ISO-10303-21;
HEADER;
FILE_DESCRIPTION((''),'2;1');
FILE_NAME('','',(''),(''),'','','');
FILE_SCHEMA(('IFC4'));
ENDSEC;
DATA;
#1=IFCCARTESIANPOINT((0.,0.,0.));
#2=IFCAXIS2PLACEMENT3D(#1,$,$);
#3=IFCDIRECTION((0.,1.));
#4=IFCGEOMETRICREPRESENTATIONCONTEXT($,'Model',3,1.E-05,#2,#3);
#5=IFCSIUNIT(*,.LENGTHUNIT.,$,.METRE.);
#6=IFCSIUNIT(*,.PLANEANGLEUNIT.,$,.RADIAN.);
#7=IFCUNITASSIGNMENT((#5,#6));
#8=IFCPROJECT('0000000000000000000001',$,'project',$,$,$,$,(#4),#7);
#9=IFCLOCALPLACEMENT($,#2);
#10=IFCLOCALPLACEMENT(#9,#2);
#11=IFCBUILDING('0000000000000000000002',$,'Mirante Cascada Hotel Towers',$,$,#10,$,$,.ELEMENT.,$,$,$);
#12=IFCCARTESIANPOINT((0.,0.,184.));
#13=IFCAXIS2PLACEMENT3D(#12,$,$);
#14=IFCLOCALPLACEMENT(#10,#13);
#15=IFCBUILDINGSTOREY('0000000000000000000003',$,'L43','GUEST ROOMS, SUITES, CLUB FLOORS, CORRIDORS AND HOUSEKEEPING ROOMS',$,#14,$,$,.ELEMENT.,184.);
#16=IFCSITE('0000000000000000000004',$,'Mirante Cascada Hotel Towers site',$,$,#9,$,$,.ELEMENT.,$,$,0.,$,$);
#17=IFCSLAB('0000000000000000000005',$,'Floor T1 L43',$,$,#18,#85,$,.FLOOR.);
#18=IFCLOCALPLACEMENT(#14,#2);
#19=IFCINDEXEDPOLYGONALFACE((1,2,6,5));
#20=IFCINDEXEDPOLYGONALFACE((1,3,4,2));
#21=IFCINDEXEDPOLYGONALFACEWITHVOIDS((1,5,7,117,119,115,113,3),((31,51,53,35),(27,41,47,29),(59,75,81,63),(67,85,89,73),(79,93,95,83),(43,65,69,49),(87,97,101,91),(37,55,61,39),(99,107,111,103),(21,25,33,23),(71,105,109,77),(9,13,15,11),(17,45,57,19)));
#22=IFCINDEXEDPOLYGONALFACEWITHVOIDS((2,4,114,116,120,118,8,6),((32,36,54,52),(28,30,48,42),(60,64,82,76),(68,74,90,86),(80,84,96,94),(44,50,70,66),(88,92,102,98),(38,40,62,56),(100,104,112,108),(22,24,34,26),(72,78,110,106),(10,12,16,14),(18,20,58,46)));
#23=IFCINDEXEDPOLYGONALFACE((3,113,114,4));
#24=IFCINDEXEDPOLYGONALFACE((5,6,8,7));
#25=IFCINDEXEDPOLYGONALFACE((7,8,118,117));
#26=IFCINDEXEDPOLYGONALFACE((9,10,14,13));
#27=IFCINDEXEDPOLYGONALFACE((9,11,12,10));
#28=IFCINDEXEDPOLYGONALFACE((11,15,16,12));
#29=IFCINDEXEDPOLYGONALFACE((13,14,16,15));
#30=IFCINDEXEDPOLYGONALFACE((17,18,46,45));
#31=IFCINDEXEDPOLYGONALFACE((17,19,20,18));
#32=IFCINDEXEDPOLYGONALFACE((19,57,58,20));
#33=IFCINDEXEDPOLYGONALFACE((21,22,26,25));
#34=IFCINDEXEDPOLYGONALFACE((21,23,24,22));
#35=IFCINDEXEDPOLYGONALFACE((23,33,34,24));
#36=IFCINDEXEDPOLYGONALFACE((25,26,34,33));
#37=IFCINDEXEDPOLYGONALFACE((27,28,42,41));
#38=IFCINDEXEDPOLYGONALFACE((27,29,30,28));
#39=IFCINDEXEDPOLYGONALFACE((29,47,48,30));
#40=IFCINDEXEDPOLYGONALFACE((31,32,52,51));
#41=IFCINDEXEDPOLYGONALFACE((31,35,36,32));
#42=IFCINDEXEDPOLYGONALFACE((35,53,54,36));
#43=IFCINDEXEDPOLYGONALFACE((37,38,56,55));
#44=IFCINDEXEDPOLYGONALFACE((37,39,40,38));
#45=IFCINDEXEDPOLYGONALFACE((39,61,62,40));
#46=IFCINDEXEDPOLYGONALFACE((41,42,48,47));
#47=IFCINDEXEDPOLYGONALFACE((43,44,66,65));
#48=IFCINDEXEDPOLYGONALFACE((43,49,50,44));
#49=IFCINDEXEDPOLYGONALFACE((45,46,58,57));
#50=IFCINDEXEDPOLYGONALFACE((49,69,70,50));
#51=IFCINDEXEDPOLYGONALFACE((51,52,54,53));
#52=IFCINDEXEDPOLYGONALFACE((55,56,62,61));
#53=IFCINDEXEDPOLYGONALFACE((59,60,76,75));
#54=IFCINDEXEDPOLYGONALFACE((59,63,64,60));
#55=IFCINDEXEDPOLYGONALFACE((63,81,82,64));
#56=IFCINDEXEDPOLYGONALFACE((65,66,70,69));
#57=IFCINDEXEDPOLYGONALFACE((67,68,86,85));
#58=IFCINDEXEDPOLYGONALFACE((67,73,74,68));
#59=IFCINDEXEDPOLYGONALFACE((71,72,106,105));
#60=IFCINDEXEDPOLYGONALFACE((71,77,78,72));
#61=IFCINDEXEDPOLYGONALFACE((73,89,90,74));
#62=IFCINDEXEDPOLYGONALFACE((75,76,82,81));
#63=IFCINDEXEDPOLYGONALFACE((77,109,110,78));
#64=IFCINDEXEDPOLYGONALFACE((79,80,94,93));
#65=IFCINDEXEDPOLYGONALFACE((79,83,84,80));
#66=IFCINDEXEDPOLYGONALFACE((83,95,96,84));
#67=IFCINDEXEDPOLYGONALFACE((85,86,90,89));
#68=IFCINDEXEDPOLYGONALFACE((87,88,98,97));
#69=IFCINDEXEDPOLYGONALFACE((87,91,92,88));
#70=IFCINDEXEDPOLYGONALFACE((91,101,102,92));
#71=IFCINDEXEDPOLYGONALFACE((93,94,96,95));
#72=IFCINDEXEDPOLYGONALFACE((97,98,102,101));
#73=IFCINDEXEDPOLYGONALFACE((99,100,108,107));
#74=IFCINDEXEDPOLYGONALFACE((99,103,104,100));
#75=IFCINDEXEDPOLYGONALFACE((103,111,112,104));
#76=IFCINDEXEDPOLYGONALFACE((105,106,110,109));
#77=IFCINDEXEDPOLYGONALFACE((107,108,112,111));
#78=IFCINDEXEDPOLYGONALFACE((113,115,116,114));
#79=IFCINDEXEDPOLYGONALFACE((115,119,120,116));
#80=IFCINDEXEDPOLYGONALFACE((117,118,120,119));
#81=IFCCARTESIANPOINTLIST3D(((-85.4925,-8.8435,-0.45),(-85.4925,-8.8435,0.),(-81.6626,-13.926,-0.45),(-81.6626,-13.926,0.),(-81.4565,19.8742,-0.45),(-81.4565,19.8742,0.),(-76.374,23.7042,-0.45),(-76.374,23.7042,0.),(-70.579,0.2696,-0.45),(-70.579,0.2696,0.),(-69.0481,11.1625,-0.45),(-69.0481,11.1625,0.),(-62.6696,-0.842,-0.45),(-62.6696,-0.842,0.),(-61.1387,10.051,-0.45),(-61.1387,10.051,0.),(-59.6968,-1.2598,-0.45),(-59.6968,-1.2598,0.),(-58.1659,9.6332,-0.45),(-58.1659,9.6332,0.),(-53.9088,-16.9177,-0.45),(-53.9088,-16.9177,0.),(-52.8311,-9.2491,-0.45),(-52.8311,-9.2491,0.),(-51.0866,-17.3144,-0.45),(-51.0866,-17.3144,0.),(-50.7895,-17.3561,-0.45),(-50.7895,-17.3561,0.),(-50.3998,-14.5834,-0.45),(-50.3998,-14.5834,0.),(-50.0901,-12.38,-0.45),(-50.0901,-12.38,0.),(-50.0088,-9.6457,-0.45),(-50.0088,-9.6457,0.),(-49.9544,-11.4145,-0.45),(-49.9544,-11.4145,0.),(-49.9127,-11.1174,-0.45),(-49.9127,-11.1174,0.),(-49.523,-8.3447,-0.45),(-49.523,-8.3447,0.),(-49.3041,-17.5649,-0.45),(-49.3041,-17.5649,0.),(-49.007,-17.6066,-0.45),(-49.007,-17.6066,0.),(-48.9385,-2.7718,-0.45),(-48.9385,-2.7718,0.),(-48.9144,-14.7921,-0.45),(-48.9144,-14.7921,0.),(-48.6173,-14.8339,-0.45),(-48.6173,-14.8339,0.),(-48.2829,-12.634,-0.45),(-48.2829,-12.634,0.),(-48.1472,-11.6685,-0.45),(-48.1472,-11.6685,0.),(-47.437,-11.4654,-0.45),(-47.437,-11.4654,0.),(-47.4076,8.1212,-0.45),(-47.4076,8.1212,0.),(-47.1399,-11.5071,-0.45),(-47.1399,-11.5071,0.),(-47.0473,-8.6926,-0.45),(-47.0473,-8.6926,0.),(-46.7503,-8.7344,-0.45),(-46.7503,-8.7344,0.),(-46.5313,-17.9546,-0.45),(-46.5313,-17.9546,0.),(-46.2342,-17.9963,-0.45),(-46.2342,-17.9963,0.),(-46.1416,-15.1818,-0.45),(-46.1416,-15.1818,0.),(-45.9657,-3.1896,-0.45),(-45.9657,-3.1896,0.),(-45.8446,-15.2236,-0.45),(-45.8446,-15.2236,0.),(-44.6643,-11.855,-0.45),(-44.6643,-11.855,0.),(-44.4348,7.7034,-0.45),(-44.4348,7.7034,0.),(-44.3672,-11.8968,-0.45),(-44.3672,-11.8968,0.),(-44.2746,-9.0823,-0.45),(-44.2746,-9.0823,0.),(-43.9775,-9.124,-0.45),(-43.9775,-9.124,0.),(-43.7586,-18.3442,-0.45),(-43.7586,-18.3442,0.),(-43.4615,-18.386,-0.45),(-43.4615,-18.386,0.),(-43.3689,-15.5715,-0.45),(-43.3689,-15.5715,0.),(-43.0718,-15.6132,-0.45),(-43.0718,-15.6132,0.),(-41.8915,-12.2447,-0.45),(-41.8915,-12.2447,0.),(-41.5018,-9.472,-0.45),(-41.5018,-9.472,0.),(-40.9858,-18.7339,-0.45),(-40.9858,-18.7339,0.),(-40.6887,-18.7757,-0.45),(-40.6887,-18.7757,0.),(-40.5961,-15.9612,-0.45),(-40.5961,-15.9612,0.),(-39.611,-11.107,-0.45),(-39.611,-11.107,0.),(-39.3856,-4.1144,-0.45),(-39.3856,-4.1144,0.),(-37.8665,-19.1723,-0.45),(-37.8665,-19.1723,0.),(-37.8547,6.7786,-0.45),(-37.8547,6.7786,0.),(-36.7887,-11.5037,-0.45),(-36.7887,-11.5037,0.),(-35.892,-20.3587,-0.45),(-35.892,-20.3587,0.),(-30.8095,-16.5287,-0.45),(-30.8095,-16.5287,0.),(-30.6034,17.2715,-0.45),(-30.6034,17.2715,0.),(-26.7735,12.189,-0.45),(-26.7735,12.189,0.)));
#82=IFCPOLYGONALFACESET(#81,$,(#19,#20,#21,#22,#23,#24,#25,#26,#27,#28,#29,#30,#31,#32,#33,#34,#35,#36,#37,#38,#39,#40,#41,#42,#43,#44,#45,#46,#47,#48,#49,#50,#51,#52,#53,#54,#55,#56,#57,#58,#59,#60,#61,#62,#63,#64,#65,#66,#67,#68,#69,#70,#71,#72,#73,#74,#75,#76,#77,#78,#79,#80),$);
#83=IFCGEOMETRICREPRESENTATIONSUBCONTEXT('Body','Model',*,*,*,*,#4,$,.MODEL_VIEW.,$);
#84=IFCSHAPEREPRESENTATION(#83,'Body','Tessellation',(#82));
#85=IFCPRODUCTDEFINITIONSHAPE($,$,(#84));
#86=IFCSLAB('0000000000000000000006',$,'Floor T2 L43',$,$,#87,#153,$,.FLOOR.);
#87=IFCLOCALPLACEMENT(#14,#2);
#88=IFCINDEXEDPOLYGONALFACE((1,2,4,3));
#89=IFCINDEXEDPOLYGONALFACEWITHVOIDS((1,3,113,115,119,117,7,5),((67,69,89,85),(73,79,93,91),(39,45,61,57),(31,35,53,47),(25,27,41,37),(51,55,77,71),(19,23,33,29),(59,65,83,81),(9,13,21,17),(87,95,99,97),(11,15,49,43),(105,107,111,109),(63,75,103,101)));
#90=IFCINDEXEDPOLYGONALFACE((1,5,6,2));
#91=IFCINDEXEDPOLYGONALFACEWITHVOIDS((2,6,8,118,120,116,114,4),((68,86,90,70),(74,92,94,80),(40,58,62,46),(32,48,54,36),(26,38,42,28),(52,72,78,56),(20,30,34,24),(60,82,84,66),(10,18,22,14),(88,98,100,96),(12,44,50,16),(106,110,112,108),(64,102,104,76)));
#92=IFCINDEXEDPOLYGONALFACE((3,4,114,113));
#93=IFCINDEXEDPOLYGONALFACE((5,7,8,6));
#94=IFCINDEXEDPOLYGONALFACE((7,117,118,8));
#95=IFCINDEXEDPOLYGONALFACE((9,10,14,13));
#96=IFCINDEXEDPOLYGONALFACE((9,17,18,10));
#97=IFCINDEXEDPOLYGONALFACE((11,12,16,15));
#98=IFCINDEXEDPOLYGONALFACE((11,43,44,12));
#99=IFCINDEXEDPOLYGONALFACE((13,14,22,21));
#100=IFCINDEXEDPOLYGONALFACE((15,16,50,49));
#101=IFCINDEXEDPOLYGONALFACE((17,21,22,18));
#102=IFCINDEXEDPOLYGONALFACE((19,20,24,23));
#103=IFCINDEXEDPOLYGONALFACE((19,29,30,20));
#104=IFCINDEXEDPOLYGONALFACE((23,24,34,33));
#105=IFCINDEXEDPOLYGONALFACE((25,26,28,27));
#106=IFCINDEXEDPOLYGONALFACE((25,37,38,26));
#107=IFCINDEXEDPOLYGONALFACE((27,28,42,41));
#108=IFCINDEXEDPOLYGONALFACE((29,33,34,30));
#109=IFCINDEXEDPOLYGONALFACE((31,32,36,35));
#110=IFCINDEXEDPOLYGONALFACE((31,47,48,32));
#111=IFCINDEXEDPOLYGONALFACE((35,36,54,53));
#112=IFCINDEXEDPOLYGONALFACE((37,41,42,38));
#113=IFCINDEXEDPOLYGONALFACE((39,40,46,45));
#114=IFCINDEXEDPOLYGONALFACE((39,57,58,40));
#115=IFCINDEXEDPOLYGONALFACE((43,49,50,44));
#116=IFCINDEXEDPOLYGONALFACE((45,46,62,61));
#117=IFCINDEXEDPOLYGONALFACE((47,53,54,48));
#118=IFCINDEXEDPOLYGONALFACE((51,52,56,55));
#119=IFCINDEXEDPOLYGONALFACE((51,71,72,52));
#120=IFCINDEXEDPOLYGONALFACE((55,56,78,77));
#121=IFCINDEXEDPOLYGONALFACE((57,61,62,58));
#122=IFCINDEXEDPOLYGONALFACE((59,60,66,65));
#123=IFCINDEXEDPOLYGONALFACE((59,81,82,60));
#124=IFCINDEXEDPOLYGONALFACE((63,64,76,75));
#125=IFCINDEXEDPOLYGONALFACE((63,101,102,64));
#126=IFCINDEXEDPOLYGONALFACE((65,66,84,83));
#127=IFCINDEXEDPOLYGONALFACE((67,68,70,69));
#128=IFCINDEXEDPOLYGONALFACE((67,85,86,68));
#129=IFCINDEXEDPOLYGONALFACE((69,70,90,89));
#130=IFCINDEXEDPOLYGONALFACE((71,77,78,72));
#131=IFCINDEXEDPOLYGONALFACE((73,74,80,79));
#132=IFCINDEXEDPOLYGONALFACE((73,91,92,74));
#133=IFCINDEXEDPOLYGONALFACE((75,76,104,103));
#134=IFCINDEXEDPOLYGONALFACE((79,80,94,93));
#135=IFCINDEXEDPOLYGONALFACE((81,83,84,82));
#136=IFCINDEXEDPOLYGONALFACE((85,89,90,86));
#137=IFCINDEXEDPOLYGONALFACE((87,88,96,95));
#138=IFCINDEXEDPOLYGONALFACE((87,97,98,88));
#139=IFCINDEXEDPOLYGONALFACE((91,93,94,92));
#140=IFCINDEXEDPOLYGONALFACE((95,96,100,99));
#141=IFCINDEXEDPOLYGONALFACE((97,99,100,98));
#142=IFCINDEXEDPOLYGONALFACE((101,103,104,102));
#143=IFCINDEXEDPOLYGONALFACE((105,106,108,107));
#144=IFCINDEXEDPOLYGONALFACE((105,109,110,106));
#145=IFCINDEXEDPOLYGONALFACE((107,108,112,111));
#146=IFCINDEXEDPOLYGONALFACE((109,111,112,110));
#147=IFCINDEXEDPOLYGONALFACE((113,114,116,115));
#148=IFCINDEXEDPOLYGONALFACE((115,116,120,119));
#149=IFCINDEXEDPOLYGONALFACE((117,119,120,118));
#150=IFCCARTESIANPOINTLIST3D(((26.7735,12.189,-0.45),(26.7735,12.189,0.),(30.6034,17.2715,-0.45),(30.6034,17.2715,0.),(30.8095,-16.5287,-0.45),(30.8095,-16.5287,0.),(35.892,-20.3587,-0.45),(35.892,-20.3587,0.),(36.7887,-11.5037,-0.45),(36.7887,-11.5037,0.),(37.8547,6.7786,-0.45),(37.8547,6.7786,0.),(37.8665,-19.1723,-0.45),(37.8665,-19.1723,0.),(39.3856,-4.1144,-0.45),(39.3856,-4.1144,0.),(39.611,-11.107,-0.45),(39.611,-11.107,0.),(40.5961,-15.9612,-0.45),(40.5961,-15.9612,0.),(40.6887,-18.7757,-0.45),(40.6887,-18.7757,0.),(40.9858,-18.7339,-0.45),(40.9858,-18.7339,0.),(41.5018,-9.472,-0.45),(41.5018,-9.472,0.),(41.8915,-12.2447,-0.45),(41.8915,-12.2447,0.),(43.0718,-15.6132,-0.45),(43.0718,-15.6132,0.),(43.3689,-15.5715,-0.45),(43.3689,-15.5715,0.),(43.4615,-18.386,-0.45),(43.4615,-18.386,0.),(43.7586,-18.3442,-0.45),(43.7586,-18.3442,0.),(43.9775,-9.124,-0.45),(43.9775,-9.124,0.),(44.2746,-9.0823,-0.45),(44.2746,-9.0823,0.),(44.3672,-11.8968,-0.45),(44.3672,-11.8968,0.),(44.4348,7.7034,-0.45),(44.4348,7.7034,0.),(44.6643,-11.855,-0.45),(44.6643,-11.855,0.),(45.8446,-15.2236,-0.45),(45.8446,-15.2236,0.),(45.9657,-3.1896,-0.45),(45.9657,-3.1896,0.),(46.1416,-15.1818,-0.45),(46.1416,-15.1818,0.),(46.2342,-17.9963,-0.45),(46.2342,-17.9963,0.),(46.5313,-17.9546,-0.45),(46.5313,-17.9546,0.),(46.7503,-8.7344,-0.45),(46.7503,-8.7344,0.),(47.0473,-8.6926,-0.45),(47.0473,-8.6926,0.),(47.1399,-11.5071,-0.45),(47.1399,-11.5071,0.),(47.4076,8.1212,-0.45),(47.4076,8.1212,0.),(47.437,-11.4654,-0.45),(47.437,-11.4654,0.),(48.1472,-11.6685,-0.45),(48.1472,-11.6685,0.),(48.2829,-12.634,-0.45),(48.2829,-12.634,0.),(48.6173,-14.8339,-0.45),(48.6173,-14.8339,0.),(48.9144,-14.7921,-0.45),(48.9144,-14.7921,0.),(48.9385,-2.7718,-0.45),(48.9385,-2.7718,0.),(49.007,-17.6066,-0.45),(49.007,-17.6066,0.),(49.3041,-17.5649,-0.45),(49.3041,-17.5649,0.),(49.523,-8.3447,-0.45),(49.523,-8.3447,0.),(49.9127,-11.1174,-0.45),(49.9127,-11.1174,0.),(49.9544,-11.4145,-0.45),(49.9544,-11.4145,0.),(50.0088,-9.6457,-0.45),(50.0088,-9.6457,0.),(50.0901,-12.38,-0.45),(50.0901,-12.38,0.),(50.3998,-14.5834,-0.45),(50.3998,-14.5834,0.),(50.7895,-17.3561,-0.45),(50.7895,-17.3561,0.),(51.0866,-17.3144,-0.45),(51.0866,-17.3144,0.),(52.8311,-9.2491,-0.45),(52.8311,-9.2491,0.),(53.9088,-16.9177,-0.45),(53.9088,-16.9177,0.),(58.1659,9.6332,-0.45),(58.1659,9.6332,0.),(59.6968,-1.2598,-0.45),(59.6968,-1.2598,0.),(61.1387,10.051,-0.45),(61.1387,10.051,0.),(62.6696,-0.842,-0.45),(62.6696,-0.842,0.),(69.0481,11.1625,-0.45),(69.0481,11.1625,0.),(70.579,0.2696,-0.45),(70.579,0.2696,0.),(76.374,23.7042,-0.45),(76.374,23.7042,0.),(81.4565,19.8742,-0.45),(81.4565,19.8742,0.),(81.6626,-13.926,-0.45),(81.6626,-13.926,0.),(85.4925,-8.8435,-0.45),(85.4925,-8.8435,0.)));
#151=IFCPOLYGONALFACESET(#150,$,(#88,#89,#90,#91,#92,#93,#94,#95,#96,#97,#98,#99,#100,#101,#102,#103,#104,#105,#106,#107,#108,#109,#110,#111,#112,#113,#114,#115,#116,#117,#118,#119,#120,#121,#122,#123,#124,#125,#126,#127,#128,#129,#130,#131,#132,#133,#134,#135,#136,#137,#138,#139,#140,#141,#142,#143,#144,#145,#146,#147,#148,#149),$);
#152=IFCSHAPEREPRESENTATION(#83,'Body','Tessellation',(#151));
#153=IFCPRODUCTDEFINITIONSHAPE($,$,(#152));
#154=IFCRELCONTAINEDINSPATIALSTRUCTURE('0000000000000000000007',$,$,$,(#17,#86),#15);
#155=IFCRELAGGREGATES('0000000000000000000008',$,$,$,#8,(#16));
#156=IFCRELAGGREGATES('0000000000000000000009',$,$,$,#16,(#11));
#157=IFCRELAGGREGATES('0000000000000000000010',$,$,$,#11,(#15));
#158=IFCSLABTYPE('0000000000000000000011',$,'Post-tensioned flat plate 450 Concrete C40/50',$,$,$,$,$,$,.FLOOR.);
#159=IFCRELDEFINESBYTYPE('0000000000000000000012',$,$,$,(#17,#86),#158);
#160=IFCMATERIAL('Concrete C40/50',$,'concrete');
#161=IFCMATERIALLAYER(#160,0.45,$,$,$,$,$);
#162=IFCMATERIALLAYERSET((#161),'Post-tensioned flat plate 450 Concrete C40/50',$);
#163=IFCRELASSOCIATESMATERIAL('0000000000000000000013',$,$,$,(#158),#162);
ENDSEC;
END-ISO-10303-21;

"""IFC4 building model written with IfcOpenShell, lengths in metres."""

from ifc_helpers import new_model, si_unit, direction, frame, origin, place, context, subcontext, project, spatial, polyline, outline, extrude, material, layer, layer_set, type_object, element, save


model = new_model("IFC4")

# Units and contexts
model_context = context("Model", 3, precision=1e-05, world=origin(), true_north=direction((0.0, 1.0)))
body_context = subcontext(model_context, "Body", "Model", "MODEL_VIEW")
ifc_project = project(units=[si_unit("LENGTHUNIT", "METRE"), si_unit("PLANEANGLEUNIT", "RADIAN")], contexts=[model_context])

# Site, building, storey
site_placement = place(None, origin())
site = spatial("IfcSite", under=ifc_project, at=site_placement, Name="Mirante Cascada Hotel Towers site", CompositionType="ELEMENT", RefElevation=0.0)
building_placement = place(site_placement, origin())
building = spatial("IfcBuilding", under=site, at=building_placement, Name="Mirante Cascada Hotel Towers", CompositionType="ELEMENT")
storey_placement = place(building_placement, frame((0.0, 0.0, 184.0)))
storey = spatial("IfcBuildingStorey", under=building, at=storey_placement, Name="L43", Description="GUEST ROOMS, SUITES, CLUB FLOORS, CORRIDORS AND HOUSEKEEPING ROOMS", CompositionType="ELEMENT", Elevation=184.0)

# Slabs
ifc_material_1 = material(Name="Concrete C40/50", Category="concrete")
ifc_layer_1 = layer(ifc_material_1, 0.45)
ifc_layer_set_1 = layer_set([ifc_layer_1], Name="Post-tensioned flat plate 450 Concrete C40/50")
slab_type = type_object("IfcSlabType", Name="Post-tensioned flat plate 450 Concrete C40/50", PredefinedType="FLOOR", material=ifc_layer_set_1)
slab_1_placement = place(storey_placement, frame((0.0, 0.0, -0.45)))
element("IfcSlab", 1, at=slab_1_placement, inside=storey, type_object=slab_type, Name="Floor T1 L43", PredefinedType="FLOOR", context=body_context, shape_type="SweptSolid", body=[
    extrude(outline(polyline([(-30.8095, -16.5287), (-26.7735, 12.189), (-30.6034, 17.2715), (-76.374, 23.7042), (-81.4565, 19.8742), (-85.4925, -8.8435), (-81.6626, -13.926), (-35.892, -20.3587), (-30.8095, -16.5287)]), holes=[polyline([(-40.5961, -15.9612), (-40.9858, -18.7339), (-43.4615, -18.386), (-43.0718, -15.6132), (-40.5961, -15.9612)]), polyline([(-43.3689, -15.5715), (-43.7586, -18.3442), (-46.2342, -17.9963), (-45.8446, -15.2236), (-43.3689, -15.5715)]), polyline([(-46.1416, -15.1818), (-46.5313, -17.9546), (-49.007, -17.6066), (-48.6173, -14.8339), (-46.1416, -15.1818)]), polyline([(-36.7887, -11.5037), (-37.8665, -19.1723), (-40.6887, -18.7757), (-39.611, -11.107), (-36.7887, -11.5037)]), polyline([(-43.9775, -9.124), (-41.5018, -9.472), (-41.8915, -12.2447), (-44.3672, -11.8968), (-43.9775, -9.124)]), polyline([(-44.2746, -9.0823), (-44.6643, -11.855), (-47.1399, -11.5071), (-46.7503, -8.7344), (-44.2746, -9.0823)]), polyline([(-50.3998, -14.5834), (-48.9144, -14.7921), (-49.3041, -17.5649), (-50.7895, -17.3561), (-50.3998, -14.5834)]), polyline([(-50.0088, -9.6457), (-51.0866, -17.3144), (-53.9088, -16.9177), (-52.8311, -9.2491), (-50.0088, -9.6457)]), polyline([(-48.1472, -11.6685), (-48.2829, -12.634), (-50.0901, -12.38), (-49.9544, -11.4145), (-48.1472, -11.6685)]), polyline([(-49.523, -8.3447), (-47.0473, -8.6926), (-47.437, -11.4654), (-49.9127, -11.1174), (-49.523, -8.3447)]), polyline([(-61.1387, 10.051), (-61.1387, 10.051), (-62.6696, -0.842), (-62.6696, -0.842), (-70.579, 0.2696), (-69.0481, 11.1625), (-61.1387, 10.051)]), polyline([(-47.4076, 8.1212), (-48.9385, -2.7718), (-48.9385, -2.7718), (-59.6968, -1.2598), (-59.6968, -1.2598), (-58.1659, 9.6332), (-47.4076, 8.1212)]), polyline([(-37.8547, 6.7786), (-39.3856, -4.1144), (-45.9657, -3.1896), (-45.9657, -3.1896), (-44.4348, 7.7034), (-37.8547, 6.7786)])]), origin(), (0.0, 0.0, 1.0), 0.45),
])
slab_2_placement = place(storey_placement, frame((0.0, 0.0, -0.45)))
element("IfcSlab", 2, at=slab_2_placement, inside=storey, type_object=slab_type, Name="Floor T2 L43", PredefinedType="FLOOR", context=body_context, shape_type="SweptSolid", body=[
    extrude(outline(polyline([(30.8095, -16.5287), (26.7735, 12.189), (30.6034, 17.2715), (76.374, 23.7042), (81.4565, 19.8742), (85.4925, -8.8435), (81.6626, -13.926), (35.892, -20.3587), (30.8095, -16.5287)]), holes=[polyline([(40.5961, -15.9612), (40.9858, -18.7339), (43.4615, -18.386), (43.0718, -15.6132), (40.5961, -15.9612)]), polyline([(43.3689, -15.5715), (43.7586, -18.3442), (46.2342, -17.9963), (45.8446, -15.2236), (43.3689, -15.5715)]), polyline([(46.1416, -15.1818), (46.5313, -17.9546), (49.007, -17.6066), (48.6173, -14.8339), (46.1416, -15.1818)]), polyline([(37.8665, -19.1723), (40.6887, -18.7757), (39.611, -11.107), (36.7887, -11.5037), (37.8665, -19.1723)]), polyline([(43.9775, -9.124), (41.5018, -9.472), (41.8915, -12.2447), (44.3672, -11.8968), (43.9775, -9.124)]), polyline([(44.2746, -9.0823), (44.6643, -11.855), (47.1399, -11.5071), (46.7503, -8.7344), (44.2746, -9.0823)]), polyline([(50.3998, -14.5834), (48.9144, -14.7921), (49.3041, -17.5649), (50.7895, -17.3561), (50.3998, -14.5834)]), polyline([(51.0866, -17.3144), (53.9088, -16.9177), (52.8311, -9.2491), (50.0088, -9.6457), (51.0866, -17.3144)]), polyline([(48.1472, -11.6685), (48.2829, -12.634), (50.0901, -12.38), (49.9544, -11.4145), (48.1472, -11.6685)]), polyline([(49.523, -8.3447), (47.0473, -8.6926), (47.437, -11.4654), (49.9127, -11.1174), (49.523, -8.3447)]), polyline([(69.0481, 11.1625), (70.579, 0.2696), (62.6696, -0.842), (62.6696, -0.842), (61.1387, 10.051), (61.1387, 10.051), (69.0481, 11.1625)]), polyline([(58.1659, 9.6332), (59.6968, -1.2598), (59.6968, -1.2598), (48.9385, -2.7718), (48.9385, -2.7718), (47.4076, 8.1212), (58.1659, 9.6332)]), polyline([(39.3856, -4.1144), (37.8547, 6.7786), (44.4348, 7.7034), (45.9657, -3.1896), (45.9657, -3.1896), (39.3856, -4.1144)])]), origin(), (0.0, 0.0, 1.0), 0.45),
])

save(model, "model.ifc")
